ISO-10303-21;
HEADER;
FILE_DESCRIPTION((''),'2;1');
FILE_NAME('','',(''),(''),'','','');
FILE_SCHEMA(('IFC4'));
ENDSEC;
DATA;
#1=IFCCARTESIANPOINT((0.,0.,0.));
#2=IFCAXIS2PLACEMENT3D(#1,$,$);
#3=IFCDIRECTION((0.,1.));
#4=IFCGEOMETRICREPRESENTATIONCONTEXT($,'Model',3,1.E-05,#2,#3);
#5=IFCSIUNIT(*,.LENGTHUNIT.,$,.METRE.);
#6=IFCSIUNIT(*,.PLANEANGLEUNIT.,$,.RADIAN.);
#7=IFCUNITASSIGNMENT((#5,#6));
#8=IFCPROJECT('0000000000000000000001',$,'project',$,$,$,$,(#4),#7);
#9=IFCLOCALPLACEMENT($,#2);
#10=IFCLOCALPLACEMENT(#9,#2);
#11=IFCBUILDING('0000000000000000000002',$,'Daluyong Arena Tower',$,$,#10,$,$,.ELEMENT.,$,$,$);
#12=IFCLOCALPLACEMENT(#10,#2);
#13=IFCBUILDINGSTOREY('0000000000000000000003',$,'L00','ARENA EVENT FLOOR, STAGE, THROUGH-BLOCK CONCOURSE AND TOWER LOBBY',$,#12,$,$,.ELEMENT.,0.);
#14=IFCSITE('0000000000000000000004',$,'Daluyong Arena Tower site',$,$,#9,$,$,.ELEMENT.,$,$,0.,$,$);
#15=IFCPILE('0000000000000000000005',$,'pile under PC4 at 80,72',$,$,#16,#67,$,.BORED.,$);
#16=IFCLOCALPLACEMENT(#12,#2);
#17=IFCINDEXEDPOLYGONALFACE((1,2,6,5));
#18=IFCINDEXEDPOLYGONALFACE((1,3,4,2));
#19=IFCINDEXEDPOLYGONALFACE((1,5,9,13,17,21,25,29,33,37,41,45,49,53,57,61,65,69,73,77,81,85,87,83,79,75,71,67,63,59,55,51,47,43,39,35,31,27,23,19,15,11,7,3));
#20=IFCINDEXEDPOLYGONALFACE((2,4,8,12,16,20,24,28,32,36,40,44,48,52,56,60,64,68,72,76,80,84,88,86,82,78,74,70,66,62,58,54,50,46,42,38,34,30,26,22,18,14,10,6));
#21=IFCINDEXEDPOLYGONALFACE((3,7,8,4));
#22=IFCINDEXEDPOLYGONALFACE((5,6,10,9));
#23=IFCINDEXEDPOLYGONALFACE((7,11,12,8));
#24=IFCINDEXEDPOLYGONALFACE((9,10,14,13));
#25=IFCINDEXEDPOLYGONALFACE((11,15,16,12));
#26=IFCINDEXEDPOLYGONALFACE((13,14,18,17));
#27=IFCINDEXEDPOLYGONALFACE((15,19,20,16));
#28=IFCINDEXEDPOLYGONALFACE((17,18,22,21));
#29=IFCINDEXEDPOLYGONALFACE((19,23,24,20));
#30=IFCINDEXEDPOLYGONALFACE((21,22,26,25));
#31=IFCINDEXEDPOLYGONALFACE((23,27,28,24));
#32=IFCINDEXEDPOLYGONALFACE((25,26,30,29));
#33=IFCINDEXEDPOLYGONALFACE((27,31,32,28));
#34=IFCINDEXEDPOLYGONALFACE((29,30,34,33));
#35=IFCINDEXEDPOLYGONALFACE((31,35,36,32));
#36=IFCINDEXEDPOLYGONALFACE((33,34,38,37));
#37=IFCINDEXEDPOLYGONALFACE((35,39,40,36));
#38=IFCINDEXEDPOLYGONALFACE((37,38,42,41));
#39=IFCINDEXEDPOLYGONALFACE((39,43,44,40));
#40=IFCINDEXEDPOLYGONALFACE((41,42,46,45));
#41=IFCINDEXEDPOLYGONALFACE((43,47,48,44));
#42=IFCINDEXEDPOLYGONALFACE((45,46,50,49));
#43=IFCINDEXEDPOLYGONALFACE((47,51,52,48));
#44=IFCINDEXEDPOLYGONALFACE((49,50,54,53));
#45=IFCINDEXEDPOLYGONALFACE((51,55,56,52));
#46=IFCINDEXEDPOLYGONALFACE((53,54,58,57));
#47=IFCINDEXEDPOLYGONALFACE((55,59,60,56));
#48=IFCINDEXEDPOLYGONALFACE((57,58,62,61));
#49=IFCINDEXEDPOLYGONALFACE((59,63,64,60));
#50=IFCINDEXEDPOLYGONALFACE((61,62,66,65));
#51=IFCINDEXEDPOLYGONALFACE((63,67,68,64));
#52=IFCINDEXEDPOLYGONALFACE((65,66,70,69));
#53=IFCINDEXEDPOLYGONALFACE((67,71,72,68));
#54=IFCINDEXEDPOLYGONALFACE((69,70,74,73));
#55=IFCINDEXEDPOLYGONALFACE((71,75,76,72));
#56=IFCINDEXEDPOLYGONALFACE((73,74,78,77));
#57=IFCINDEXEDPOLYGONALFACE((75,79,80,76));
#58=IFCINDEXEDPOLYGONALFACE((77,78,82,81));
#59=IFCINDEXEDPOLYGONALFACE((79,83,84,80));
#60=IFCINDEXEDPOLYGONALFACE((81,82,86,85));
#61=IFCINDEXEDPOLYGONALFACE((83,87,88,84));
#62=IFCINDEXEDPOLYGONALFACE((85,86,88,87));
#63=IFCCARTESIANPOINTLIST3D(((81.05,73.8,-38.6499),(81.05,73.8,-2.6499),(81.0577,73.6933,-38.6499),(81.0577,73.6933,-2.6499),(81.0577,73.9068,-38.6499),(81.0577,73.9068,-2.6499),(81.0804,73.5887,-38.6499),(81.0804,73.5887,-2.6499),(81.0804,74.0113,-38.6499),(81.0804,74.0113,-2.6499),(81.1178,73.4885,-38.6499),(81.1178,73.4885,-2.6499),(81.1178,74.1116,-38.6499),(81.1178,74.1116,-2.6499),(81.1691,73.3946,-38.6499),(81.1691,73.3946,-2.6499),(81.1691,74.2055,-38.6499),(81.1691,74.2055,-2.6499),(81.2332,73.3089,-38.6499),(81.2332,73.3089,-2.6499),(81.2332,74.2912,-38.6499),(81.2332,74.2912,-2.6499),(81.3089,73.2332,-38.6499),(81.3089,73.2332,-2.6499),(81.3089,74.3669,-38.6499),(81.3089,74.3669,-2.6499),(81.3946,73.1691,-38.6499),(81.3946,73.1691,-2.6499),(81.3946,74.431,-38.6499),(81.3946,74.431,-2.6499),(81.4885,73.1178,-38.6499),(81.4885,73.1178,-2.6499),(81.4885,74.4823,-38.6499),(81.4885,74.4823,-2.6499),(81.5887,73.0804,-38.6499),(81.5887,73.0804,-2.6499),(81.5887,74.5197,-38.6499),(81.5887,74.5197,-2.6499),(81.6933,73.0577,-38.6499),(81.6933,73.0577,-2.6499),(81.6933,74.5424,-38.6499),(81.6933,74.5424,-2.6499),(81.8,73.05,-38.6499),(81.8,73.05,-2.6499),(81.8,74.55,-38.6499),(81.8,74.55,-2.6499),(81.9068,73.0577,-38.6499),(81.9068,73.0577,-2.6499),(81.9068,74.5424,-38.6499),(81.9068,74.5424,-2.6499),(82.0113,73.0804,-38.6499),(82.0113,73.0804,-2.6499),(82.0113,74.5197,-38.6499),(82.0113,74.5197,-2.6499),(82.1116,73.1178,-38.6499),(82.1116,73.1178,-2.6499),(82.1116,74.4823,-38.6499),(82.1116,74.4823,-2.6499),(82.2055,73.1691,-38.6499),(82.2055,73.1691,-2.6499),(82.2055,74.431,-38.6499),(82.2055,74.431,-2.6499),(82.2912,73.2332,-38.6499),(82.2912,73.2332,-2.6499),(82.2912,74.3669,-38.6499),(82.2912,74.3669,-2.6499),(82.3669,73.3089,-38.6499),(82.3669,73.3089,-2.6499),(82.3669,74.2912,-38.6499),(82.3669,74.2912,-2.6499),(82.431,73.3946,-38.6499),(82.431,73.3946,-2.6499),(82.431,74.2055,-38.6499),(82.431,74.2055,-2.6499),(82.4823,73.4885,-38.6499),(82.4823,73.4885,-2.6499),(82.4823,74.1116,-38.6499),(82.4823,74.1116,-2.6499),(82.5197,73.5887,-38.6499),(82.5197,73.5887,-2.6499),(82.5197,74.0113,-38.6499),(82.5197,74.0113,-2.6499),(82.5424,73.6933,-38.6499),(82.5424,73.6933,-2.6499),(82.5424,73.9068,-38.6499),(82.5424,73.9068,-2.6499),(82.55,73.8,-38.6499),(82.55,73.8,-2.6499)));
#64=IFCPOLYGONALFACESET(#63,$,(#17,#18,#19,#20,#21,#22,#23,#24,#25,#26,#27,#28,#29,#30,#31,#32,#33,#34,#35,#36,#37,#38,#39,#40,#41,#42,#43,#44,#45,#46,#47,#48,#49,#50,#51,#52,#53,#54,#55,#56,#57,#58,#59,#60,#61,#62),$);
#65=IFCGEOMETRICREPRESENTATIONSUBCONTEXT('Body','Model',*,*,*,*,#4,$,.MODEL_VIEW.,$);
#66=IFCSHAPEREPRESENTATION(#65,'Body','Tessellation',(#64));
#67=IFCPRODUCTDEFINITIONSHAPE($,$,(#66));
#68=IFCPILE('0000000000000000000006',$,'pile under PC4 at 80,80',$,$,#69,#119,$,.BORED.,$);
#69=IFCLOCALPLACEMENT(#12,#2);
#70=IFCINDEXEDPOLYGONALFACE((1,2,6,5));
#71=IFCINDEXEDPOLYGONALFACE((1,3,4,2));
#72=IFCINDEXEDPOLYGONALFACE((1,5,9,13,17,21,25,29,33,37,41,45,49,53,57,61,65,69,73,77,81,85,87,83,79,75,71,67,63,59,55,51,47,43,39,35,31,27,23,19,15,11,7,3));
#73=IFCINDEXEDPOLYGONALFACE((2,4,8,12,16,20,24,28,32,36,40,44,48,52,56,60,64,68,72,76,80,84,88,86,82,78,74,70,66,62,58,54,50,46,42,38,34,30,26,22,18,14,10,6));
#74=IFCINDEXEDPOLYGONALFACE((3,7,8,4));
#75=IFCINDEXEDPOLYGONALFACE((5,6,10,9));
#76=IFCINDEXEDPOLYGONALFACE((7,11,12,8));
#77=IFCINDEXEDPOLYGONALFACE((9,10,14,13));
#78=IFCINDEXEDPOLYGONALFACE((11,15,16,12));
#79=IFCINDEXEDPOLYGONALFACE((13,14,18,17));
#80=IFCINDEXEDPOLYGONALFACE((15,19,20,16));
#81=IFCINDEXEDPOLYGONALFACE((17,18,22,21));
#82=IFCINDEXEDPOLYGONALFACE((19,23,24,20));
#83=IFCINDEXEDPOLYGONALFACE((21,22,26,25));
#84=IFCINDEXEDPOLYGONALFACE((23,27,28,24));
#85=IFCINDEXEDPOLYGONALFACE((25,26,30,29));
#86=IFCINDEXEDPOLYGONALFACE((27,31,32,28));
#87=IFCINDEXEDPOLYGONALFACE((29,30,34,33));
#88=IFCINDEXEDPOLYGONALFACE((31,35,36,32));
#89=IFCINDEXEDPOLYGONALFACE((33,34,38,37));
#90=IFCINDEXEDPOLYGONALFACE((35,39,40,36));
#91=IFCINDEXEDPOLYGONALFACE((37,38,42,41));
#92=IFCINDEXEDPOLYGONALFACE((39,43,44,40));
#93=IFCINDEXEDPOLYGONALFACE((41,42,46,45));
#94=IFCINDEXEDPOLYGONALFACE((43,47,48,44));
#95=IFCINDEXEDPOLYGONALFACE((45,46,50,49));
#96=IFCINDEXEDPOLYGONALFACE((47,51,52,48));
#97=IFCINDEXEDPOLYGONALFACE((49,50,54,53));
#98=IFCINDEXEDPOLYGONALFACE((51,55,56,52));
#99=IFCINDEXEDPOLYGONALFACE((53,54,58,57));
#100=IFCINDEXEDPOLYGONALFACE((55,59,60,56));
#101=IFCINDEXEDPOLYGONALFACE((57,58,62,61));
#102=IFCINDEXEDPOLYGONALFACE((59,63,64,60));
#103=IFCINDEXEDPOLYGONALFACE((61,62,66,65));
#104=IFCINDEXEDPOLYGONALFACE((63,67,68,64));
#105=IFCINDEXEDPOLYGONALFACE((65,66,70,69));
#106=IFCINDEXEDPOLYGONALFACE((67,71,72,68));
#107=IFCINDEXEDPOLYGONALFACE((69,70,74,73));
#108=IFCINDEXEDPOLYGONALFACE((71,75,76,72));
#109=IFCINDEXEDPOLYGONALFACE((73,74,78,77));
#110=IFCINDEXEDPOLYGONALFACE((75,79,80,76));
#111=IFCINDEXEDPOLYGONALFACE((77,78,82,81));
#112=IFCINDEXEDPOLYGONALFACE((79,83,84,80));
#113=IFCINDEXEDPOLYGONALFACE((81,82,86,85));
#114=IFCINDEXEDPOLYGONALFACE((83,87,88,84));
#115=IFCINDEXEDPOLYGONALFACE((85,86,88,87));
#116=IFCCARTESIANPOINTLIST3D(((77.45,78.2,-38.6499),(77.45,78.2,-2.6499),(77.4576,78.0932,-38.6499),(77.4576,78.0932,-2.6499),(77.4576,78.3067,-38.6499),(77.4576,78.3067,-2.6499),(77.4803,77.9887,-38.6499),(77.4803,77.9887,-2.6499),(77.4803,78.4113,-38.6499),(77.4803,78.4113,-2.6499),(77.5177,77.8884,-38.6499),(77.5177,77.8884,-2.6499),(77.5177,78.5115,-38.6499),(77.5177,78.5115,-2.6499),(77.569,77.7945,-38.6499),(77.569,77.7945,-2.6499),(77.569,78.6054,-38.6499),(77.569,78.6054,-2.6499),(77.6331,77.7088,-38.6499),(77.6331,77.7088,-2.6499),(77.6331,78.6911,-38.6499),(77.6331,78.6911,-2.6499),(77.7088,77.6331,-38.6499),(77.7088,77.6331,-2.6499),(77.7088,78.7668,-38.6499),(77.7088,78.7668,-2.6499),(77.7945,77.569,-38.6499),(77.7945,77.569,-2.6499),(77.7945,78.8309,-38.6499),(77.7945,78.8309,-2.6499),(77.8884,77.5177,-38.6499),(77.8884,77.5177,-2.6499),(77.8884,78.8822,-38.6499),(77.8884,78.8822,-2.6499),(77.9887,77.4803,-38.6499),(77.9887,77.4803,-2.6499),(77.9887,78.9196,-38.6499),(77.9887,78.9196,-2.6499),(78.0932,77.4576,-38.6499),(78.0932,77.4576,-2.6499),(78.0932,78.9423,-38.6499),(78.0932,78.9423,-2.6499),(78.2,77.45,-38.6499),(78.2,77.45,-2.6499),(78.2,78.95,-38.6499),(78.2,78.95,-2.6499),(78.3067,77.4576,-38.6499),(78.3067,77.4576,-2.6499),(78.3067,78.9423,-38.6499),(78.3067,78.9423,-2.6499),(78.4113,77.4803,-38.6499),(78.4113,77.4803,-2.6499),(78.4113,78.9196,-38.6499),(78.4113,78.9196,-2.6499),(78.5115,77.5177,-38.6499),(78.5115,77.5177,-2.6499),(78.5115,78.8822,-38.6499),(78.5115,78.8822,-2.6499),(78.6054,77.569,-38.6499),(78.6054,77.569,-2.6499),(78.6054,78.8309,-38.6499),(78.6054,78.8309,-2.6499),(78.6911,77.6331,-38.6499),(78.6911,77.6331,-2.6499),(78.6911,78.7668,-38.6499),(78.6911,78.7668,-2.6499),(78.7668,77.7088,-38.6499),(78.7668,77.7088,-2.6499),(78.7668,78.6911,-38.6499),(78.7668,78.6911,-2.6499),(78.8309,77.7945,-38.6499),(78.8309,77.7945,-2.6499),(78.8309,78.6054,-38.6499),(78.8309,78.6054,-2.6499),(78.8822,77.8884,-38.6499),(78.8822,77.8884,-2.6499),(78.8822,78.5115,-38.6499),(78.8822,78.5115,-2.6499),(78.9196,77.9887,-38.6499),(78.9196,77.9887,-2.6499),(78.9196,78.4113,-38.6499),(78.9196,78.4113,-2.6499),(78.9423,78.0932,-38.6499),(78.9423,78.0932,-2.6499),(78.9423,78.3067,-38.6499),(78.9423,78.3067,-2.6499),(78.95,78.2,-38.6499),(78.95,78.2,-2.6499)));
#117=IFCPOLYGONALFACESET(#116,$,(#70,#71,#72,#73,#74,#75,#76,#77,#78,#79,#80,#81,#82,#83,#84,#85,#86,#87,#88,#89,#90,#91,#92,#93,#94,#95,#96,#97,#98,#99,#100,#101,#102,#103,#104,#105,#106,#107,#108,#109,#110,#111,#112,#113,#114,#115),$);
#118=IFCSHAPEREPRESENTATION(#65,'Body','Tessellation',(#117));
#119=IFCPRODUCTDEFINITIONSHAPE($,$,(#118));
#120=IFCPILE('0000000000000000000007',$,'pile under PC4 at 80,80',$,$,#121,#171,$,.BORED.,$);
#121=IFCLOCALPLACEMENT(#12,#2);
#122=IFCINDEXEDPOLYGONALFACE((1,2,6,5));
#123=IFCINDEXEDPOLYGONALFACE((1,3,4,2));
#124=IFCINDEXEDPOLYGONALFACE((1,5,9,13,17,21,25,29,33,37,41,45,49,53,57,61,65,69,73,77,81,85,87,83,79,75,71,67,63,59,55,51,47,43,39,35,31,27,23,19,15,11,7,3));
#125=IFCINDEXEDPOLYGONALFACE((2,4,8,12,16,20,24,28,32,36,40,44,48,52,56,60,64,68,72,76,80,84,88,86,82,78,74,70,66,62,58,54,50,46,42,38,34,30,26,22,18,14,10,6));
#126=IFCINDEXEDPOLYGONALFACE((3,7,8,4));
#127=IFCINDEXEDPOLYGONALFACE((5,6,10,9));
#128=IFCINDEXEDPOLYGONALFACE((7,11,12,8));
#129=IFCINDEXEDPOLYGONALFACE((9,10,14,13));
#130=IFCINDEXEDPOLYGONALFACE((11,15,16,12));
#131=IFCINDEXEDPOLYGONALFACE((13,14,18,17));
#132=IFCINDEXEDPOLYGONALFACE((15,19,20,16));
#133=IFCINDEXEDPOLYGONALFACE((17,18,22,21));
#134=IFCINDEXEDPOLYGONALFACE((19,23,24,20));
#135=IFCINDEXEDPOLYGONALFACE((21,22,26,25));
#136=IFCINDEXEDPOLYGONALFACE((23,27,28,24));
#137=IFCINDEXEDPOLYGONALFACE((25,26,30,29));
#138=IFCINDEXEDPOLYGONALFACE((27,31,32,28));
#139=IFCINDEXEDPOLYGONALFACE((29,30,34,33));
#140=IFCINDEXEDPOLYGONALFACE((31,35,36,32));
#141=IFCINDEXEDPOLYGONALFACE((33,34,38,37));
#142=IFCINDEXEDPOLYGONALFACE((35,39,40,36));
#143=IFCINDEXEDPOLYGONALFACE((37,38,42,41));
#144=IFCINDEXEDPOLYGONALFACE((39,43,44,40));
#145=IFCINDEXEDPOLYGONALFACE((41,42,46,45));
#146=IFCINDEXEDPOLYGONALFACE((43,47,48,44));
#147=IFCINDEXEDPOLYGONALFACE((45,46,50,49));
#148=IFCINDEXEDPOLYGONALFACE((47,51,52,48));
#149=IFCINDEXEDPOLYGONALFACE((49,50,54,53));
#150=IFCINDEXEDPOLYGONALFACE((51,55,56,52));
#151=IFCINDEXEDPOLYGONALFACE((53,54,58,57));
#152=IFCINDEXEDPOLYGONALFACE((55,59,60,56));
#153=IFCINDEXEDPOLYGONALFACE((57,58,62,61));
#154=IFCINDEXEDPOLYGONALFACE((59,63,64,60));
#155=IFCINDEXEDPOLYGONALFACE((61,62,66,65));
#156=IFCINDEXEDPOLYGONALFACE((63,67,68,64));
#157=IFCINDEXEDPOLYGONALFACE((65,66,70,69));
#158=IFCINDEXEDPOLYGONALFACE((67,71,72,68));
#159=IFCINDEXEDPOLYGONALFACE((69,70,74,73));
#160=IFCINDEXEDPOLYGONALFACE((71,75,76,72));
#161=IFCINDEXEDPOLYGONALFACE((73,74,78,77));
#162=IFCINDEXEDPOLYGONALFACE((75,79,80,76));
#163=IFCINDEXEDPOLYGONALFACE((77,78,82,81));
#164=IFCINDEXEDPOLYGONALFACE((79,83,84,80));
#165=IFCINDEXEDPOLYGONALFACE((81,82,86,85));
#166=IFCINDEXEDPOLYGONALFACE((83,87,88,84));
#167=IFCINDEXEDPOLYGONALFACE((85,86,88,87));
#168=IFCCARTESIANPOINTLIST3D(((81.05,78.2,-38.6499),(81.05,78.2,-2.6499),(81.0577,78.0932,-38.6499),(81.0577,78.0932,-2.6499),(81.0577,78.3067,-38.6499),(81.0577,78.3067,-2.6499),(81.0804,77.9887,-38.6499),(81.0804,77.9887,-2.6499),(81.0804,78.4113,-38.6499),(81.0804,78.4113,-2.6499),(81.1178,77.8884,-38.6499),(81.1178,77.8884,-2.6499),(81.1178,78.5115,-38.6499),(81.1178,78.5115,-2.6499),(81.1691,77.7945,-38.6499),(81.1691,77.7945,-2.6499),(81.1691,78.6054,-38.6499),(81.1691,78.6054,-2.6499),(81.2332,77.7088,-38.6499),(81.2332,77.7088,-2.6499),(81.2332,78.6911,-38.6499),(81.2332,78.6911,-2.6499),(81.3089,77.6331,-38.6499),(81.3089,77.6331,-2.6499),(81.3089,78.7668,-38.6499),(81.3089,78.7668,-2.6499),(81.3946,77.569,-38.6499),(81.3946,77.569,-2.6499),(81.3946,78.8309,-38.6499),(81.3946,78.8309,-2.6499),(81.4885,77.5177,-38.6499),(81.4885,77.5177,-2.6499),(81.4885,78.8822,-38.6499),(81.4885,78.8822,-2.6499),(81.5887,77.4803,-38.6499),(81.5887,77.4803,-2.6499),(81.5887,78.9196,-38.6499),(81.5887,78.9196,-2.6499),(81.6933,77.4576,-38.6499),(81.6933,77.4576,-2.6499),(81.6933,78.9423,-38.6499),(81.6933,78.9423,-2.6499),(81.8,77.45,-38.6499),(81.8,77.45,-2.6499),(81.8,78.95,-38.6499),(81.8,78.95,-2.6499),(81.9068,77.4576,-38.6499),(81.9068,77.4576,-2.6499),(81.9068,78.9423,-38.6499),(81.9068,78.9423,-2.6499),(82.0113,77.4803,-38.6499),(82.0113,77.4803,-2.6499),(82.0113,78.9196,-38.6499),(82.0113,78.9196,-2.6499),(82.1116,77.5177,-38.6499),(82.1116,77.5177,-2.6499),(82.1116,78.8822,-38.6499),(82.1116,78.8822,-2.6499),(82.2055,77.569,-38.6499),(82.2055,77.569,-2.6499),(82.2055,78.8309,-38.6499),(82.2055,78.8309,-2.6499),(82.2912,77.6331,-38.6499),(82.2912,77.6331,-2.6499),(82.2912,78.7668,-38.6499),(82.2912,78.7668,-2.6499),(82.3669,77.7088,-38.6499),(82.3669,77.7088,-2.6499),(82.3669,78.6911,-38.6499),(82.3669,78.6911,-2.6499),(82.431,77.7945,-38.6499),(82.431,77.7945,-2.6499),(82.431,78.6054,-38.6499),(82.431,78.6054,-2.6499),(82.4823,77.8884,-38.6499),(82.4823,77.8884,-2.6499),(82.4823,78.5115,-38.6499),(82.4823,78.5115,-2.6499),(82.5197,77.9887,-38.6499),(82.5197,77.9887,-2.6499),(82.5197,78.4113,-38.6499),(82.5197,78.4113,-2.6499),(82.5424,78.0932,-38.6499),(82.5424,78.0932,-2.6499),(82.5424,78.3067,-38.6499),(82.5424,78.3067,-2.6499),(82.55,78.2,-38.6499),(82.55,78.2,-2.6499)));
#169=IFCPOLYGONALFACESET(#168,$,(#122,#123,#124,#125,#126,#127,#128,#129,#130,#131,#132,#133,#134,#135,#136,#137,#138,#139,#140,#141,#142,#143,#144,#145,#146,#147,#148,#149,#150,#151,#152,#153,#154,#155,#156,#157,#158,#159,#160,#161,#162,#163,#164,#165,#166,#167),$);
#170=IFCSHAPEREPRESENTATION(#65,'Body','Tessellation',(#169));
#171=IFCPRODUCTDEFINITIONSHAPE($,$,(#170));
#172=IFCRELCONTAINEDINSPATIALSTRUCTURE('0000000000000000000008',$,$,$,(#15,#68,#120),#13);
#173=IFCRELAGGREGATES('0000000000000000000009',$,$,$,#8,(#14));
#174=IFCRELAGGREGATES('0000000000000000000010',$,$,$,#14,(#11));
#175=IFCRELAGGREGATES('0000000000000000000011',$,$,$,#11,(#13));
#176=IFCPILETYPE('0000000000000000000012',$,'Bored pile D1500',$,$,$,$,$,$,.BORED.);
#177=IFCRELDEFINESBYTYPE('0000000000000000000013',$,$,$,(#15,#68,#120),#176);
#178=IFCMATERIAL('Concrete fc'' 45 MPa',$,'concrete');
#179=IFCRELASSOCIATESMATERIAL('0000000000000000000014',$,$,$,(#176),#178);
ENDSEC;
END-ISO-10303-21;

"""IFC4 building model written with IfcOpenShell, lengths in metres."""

from ifc_helpers import new_model, si_unit, direction, frame, origin, origin_2d, place, context, subcontext, project, spatial, circle, extrude, material, type_object, element, save


model = new_model("IFC4")

# Units and contexts
model_context = context("Model", 3, precision=1e-05, world=origin(), true_north=direction((0.0, 1.0)))
body_context = subcontext(model_context, "Body", "Model", "MODEL_VIEW")
ifc_project = project(units=[si_unit("LENGTHUNIT", "METRE"), si_unit("PLANEANGLEUNIT", "RADIAN")], contexts=[model_context])

# Site, building, storey
site_placement = place(None, origin())
site = spatial("IfcSite", under=ifc_project, at=site_placement, Name="Daluyong Arena Tower site", CompositionType="ELEMENT", RefElevation=0.0)
building_placement = place(site_placement, origin())
building = spatial("IfcBuilding", under=site, at=building_placement, Name="Daluyong Arena Tower", CompositionType="ELEMENT")
storey_placement = place(building_placement, origin())
storey = spatial("IfcBuildingStorey", under=building, at=storey_placement, Name="L00", Description="ARENA EVENT FLOOR, STAGE, THROUGH-BLOCK CONCOURSE AND TOWER LOBBY", CompositionType="ELEMENT", Elevation=0.0)

# Piles
ifc_material_1 = material(Name="Concrete fc' 45 MPa", Category="concrete")
pile_type_1 = type_object("IfcPileType", Name="Bored pile D1500", PredefinedType="BORED", material=ifc_material_1)
for number, where, z_axis, x_axis, name in (
    (1, (81.8, 73.8, -2.6499), (0.0, 0.0, -1.0), (1.0, 0.0, 0.0), "pile under PC4 at 80,72"),
    (2, (78.2, 78.2, -2.6499), (0.0, 0.0, -1.0), (1.0, 0.0, 0.0), "pile under PC4 at 80,80"),
    (3, (81.8, 78.2, -2.6499), (0.0, 0.0, -1.0), (1.0, 0.0, 0.0), "pile under PC4 at 80,80"),
):
    element("IfcPile", number, at=place(storey_placement, frame(where, z_axis=z_axis, x_axis=x_axis)), inside=storey, type_object=pile_type_1, Name=name, PredefinedType="BORED", context=body_context, shape_type="SweptSolid", body=[
        extrude(circle(Radius=0.75, at=origin_2d()), origin(), (0.0, 0.0, 1.0), 36.0),
    ])

save(model, "model.ifc")
